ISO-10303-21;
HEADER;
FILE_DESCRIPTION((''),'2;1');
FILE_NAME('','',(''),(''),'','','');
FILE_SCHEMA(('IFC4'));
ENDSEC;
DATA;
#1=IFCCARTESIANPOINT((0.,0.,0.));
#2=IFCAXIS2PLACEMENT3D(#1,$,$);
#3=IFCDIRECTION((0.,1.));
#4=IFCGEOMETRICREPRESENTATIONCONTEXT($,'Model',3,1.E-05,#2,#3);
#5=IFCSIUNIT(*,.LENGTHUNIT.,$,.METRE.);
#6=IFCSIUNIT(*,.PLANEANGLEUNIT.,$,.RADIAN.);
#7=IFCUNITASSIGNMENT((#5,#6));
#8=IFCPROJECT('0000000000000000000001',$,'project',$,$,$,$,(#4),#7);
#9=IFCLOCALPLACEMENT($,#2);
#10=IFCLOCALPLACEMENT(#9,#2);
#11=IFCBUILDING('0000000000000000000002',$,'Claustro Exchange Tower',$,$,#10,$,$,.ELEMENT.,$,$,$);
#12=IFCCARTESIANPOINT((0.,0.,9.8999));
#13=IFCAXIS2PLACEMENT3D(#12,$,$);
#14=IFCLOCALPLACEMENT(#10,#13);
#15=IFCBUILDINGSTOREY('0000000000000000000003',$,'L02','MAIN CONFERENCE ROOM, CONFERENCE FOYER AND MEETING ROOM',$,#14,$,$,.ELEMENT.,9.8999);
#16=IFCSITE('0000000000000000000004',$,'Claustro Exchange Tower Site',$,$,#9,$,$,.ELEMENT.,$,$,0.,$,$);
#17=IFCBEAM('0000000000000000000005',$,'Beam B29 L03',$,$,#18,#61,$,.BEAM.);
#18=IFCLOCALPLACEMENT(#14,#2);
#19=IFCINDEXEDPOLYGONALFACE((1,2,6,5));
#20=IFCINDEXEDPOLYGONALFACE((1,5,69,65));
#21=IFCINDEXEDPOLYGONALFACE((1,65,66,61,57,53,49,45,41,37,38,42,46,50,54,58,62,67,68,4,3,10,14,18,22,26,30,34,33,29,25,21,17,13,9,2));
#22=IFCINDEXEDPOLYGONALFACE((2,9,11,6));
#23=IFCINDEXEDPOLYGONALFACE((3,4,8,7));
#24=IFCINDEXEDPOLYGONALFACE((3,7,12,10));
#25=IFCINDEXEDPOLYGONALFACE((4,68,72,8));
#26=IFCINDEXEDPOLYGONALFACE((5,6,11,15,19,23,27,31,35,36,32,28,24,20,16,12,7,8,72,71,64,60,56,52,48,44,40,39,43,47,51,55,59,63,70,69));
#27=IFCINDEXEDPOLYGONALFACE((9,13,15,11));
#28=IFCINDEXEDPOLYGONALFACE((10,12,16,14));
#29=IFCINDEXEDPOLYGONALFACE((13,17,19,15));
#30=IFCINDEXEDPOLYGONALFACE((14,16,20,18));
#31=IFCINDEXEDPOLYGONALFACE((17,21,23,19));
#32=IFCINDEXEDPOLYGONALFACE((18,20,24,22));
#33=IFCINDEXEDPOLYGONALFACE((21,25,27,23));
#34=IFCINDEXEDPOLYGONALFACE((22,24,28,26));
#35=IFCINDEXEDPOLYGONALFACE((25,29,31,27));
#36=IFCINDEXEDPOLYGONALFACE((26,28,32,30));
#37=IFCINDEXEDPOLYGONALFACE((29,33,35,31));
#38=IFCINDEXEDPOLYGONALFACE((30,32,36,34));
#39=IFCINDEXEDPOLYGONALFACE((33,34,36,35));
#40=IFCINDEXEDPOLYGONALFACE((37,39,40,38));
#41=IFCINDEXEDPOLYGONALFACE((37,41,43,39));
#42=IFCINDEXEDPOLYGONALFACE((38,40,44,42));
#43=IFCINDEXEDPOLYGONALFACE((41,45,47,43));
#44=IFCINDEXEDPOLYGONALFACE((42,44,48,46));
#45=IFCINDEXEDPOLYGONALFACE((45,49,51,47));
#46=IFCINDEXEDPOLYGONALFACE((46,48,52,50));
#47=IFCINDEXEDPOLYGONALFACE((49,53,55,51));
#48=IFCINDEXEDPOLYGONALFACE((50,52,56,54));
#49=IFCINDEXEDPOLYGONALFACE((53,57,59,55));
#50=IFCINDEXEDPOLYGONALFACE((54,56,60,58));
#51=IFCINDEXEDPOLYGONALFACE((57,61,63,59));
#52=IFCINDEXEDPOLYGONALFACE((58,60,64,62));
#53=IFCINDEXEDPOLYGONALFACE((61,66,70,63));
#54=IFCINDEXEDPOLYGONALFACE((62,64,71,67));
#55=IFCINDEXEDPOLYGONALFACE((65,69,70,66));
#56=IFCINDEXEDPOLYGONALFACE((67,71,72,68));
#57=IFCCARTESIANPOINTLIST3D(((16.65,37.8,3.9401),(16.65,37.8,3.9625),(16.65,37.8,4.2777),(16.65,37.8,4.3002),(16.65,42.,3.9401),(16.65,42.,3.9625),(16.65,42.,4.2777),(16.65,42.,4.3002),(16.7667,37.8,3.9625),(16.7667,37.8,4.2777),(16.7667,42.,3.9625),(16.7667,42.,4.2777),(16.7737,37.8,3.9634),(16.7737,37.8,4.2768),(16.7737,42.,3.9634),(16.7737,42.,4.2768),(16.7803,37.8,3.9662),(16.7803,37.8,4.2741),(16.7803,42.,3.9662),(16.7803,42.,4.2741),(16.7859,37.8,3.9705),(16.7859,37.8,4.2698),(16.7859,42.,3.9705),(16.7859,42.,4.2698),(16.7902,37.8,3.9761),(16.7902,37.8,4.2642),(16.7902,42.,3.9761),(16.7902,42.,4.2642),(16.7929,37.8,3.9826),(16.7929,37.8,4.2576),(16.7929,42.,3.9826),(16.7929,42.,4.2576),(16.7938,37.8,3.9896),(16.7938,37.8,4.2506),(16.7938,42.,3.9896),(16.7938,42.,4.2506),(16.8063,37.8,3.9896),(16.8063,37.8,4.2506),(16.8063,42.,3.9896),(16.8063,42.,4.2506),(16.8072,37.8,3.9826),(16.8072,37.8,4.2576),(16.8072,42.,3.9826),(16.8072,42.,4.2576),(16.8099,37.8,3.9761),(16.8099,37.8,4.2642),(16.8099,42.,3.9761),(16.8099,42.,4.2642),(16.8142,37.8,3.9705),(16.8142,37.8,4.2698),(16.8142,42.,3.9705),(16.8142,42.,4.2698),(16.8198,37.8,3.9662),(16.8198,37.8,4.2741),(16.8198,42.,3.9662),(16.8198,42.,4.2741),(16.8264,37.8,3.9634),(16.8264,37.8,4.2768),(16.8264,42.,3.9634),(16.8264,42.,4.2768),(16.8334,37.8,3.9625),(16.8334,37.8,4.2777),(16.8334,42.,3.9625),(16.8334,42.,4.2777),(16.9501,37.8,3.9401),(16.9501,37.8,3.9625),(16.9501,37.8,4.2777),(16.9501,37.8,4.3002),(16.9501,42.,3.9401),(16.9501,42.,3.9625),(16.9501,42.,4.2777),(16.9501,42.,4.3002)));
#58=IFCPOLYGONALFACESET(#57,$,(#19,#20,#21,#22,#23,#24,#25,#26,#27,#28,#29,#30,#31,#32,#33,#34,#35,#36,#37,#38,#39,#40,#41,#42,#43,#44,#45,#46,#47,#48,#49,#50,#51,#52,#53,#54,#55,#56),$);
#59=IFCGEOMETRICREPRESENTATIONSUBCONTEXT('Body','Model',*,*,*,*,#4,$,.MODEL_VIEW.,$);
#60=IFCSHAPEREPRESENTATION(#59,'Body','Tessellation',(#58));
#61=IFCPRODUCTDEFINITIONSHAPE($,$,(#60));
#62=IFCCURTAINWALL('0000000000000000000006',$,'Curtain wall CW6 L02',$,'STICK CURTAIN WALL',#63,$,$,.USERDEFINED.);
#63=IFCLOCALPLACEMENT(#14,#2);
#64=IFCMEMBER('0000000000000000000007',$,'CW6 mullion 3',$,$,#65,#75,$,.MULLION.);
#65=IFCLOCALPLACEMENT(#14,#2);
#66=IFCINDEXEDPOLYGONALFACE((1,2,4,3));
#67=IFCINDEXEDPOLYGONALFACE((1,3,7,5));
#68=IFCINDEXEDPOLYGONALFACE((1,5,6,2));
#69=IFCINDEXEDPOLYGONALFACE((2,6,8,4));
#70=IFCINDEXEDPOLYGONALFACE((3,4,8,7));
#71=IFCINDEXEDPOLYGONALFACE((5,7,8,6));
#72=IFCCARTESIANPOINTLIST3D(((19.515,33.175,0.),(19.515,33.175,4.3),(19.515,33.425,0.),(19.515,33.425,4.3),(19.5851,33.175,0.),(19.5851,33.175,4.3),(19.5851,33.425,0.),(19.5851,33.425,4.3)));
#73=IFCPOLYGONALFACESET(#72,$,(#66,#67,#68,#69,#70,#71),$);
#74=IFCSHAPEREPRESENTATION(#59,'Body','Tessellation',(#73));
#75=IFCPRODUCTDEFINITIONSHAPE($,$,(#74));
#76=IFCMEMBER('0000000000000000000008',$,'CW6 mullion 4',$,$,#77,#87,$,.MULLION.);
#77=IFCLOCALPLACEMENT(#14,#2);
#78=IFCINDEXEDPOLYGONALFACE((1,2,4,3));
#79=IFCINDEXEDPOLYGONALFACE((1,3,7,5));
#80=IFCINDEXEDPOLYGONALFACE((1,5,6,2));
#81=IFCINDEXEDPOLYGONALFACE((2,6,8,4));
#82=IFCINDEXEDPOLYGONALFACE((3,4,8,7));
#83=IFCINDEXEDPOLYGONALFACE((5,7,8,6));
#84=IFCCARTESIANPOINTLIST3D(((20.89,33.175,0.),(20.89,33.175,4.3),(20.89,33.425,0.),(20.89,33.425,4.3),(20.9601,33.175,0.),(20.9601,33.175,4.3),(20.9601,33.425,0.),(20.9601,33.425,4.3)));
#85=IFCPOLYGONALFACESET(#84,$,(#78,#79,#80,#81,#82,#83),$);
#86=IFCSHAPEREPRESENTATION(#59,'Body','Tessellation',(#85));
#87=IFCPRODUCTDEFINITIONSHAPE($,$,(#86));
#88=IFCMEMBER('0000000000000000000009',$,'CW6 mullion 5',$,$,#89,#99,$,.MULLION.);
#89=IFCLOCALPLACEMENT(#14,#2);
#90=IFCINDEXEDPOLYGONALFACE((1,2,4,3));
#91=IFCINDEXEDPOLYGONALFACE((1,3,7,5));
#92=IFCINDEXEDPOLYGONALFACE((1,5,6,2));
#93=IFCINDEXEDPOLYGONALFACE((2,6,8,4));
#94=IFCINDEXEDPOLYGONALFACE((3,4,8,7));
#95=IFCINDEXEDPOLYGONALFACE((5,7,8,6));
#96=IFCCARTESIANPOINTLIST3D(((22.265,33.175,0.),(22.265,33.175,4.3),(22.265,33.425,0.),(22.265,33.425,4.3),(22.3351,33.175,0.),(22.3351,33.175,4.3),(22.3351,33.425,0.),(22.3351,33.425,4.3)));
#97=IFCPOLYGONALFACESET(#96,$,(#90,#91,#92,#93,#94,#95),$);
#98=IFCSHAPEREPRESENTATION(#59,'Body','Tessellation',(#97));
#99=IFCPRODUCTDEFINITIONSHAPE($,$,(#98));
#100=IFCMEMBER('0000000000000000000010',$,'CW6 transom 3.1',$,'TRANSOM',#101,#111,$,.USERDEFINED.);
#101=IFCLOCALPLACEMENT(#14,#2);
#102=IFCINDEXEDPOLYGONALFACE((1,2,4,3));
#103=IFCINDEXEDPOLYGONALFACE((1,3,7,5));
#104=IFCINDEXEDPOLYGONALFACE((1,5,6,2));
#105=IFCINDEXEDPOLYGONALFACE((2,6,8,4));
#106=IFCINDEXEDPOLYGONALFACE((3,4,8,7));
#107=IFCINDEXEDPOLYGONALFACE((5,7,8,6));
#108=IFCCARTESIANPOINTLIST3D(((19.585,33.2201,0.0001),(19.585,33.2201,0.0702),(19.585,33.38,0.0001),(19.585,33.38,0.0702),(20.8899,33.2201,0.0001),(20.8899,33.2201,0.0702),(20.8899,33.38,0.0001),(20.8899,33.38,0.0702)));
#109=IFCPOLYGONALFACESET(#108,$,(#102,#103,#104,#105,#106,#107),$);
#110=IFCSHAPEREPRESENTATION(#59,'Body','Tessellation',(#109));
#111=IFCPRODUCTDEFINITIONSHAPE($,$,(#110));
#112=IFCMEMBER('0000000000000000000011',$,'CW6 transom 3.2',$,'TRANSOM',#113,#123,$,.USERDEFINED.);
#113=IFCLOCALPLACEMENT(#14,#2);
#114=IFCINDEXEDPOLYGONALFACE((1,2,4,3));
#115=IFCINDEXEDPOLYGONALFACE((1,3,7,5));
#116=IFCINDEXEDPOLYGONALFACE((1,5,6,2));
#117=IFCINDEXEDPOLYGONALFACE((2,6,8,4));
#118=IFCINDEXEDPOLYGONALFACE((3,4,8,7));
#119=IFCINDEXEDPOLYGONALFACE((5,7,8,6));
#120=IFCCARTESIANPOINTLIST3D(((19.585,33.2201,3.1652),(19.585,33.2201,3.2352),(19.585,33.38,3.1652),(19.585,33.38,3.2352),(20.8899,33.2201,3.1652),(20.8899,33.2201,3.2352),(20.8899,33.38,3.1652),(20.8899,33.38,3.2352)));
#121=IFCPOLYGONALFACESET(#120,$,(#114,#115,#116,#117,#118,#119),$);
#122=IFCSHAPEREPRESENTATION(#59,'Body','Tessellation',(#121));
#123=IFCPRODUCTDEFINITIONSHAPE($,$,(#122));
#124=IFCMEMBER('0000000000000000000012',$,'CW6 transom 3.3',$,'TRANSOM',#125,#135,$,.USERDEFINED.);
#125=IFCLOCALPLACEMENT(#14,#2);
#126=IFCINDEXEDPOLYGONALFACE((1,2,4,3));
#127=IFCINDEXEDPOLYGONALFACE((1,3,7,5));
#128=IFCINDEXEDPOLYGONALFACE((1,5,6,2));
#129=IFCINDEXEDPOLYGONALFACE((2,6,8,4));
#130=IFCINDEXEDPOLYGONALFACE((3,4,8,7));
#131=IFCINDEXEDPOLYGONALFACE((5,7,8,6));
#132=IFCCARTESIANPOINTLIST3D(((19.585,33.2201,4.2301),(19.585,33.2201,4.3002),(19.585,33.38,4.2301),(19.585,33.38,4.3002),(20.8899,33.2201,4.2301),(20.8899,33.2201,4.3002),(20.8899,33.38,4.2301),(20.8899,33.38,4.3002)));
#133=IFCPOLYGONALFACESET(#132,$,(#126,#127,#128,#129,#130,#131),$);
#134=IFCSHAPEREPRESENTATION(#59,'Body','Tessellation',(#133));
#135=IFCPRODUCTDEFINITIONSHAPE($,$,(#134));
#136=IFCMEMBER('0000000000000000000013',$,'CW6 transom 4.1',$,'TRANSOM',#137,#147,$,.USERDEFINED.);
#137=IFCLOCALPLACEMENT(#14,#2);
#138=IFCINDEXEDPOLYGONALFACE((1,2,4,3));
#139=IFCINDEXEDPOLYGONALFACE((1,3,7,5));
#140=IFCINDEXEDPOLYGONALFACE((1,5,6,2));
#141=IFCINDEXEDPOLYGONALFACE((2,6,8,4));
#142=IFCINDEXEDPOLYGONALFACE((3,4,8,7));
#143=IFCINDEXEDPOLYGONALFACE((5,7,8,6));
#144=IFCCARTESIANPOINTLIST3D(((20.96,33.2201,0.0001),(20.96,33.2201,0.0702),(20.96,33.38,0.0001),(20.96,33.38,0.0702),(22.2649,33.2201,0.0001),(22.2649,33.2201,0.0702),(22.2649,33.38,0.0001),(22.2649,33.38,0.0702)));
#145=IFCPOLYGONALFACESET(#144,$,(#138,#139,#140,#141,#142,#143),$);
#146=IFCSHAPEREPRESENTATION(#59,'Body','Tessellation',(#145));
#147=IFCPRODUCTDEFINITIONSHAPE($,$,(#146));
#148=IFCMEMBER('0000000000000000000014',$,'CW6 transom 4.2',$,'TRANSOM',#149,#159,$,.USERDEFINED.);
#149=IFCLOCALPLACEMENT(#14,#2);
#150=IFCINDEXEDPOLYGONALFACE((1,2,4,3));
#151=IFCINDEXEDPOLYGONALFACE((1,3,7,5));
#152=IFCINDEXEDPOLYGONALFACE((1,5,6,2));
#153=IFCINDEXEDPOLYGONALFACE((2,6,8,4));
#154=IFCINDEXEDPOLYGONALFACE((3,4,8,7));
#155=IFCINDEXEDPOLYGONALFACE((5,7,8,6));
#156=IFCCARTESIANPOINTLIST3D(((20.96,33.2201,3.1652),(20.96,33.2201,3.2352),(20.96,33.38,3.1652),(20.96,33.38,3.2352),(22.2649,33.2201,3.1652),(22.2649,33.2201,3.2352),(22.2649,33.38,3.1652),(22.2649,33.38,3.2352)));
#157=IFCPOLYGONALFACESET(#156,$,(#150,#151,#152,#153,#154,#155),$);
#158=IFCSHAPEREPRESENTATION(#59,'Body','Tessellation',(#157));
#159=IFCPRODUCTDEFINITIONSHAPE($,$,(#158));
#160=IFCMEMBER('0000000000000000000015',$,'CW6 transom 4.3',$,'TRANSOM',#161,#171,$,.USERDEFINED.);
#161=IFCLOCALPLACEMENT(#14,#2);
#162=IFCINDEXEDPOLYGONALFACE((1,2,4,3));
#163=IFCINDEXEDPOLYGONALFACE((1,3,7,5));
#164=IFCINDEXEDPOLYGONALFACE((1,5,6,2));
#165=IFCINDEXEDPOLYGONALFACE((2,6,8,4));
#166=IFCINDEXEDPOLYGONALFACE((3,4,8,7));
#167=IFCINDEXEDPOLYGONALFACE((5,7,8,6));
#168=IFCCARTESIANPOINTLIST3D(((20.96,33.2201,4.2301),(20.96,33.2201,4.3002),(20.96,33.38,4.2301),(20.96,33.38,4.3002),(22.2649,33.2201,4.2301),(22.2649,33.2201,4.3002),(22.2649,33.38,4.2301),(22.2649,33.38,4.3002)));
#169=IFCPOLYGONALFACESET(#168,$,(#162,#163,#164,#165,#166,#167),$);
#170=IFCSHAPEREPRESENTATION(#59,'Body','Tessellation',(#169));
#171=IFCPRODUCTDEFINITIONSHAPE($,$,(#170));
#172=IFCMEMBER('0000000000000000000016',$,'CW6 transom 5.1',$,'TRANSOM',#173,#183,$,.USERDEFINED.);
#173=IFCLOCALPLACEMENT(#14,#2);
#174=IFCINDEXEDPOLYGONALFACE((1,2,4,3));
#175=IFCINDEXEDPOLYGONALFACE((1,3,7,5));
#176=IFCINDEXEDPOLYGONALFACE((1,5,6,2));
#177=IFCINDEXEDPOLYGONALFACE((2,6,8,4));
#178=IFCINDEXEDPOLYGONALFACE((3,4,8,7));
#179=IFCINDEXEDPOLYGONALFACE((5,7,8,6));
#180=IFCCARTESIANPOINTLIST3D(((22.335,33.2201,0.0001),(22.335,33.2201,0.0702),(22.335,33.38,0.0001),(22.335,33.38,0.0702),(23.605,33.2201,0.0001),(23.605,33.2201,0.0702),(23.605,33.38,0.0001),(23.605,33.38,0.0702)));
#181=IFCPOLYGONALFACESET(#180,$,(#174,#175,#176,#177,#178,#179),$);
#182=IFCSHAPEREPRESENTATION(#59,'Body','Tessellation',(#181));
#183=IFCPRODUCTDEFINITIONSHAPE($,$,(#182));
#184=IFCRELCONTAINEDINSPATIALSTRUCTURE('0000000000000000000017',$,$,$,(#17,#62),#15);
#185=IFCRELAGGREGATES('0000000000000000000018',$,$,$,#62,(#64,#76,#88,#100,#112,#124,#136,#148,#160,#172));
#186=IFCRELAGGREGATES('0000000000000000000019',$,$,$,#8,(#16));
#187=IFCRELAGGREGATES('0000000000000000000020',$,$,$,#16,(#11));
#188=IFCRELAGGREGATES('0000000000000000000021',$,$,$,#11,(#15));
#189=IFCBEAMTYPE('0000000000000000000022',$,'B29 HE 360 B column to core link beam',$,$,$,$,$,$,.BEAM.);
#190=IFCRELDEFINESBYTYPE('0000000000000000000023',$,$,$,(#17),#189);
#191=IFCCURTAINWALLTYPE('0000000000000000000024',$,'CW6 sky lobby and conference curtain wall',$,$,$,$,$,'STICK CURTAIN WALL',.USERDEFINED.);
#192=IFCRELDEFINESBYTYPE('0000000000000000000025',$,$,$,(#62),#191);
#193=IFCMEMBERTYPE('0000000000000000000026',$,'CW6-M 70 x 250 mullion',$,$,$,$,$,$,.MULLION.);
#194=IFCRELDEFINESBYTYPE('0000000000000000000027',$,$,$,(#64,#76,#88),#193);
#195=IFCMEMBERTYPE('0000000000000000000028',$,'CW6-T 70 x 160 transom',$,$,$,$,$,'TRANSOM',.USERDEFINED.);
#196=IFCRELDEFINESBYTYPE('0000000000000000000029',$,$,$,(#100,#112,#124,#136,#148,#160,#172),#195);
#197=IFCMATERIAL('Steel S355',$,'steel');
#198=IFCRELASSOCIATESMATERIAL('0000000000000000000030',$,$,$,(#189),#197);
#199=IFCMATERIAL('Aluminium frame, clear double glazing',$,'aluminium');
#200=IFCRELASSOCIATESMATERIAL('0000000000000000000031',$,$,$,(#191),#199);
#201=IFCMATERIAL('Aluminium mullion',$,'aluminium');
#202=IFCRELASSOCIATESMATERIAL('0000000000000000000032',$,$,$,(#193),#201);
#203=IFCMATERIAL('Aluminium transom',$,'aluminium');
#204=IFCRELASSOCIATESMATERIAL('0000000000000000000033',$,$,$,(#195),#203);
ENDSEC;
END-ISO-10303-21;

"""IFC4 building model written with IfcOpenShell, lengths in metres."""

from ifc_helpers import new_model, si_unit, direction, frame, origin, origin_2d, place, context, subcontext, project, spatial, rectangle, i_section, extrude, material, material_profile, profile_set, type_object, element, aggregate, save


model = new_model("IFC4")

# Units and contexts
model_context = context("Model", 3, precision=1e-05, world=origin(), true_north=direction((0.0, 1.0)))
body_context = subcontext(model_context, "Body", "Model", "MODEL_VIEW")
ifc_project = project(units=[si_unit("LENGTHUNIT", "METRE"), si_unit("PLANEANGLEUNIT", "RADIAN")], contexts=[model_context])

# Site, building, storey
site_placement = place(None, origin())
site = spatial("IfcSite", under=ifc_project, at=site_placement, Name="Claustro Exchange Tower Site", CompositionType="ELEMENT", RefElevation=0.0)
building_placement = place(site_placement, origin())
building = spatial("IfcBuilding", under=site, at=building_placement, Name="Claustro Exchange Tower", CompositionType="ELEMENT")
storey_placement = place(building_placement, frame((0.0, 0.0, 9.8999)))
storey = spatial("IfcBuildingStorey", under=building, at=storey_placement, Name="L02", Description="MAIN CONFERENCE ROOM, CONFERENCE FOYER AND MEETING ROOM", CompositionType="ELEMENT", Elevation=9.8999)

# Beam
ifc_material_1 = material(Name="Steel S355", Category="steel")
ifc_material_profile_1 = material_profile(ifc_material_1, i_section(OverallWidth=0.3, OverallDepth=0.3601, WebThickness=0.0125, FlangeThickness=0.0225, FilletRadius=0.0271, at=origin_2d()), Name="HE 360 B")
ifc_profile_set_1 = profile_set([ifc_material_profile_1], Name="Steel S355")
beam_type_1 = type_object("IfcBeamType", Name="B29 HE 360 B column to core link beam", PredefinedType="BEAM", material=ifc_profile_set_1)
beam_1_placement = place(storey_placement, frame((16.8, 37.8, 4.1201), z_axis=(0.0, 1.0, 0.0), x_axis=(-1.0, 0.0, 0.0)))
element("IfcBeam", 1, at=beam_1_placement, inside=storey, type_object=beam_type_1, Name="Beam B29 L03", PredefinedType="BEAM", context=body_context, shape_type="SweptSolid", body=[
    extrude(i_section(OverallWidth=0.3, OverallDepth=0.3601, WebThickness=0.0125, FlangeThickness=0.0225, FilletRadius=0.0271, at=origin_2d()), origin(), (0.0, 0.0, 1.0), 4.2),
])

# Curtain wall, members
ifc_material_2 = material(Name="Aluminium frame, clear double glazing", Category="aluminium")
curtain_wall_type = type_object("IfcCurtainWallType", Name="CW6 sky lobby and conference curtain wall", ElementType="STICK CURTAIN WALL", PredefinedType="USERDEFINED", material=ifc_material_2)
curtain_wall_placement = place(storey_placement, origin())
curtain_wall = element("IfcCurtainWall", 2, at=curtain_wall_placement, inside=storey, type_object=curtain_wall_type, Name="Curtain wall CW6 L02", ObjectType="STICK CURTAIN WALL", PredefinedType="USERDEFINED")
ifc_material_3 = material(Name="Aluminium mullion", Category="aluminium")
ifc_material_profile_2 = material_profile(ifc_material_3, rectangle(XDim=0.25, YDim=0.0701, at=origin_2d()), Name="CW6-M 70x250")
ifc_profile_set_2 = profile_set([ifc_material_profile_2], Name="Aluminium mullion")
member_type_1 = type_object("IfcMemberType", Name="CW6-M 70 x 250 mullion", PredefinedType="MULLION", material=ifc_profile_set_2)
member_1_placement = place(storey_placement, frame((19.55, 33.3, 0.0), z_axis=(0.0, 0.0, 1.0), x_axis=(0.0, 1.0, 0.0)))
member_1 = element("IfcMember", 3, at=member_1_placement, type_object=member_type_1, Name="CW6 mullion 3", PredefinedType="MULLION", context=body_context, shape_type="SweptSolid", body=[
    extrude(rectangle(XDim=0.25, YDim=0.0701, at=origin_2d()), origin(), (0.0, 0.0, 1.0), 4.3),
])
member_2_placement = place(storey_placement, frame((20.925, 33.3, 0.0), z_axis=(0.0, 0.0, 1.0), x_axis=(0.0, 1.0, 0.0)))
member_2 = element("IfcMember", 4, at=member_2_placement, type_object=member_type_1, Name="CW6 mullion 4", PredefinedType="MULLION", context=body_context, shape_type="SweptSolid", body=[
    extrude(rectangle(XDim=0.25, YDim=0.0701, at=origin_2d()), origin(), (0.0, 0.0, 1.0), 4.3),
])
member_3_placement = place(storey_placement, frame((22.3, 33.3, 0.0), z_axis=(0.0, 0.0, 1.0), x_axis=(0.0, 1.0, 0.0)))
member_3 = element("IfcMember", 5, at=member_3_placement, type_object=member_type_1, Name="CW6 mullion 5", PredefinedType="MULLION", context=body_context, shape_type="SweptSolid", body=[
    extrude(rectangle(XDim=0.25, YDim=0.0701, at=origin_2d()), origin(), (0.0, 0.0, 1.0), 4.3),
])
ifc_material_4 = material(Name="Aluminium transom", Category="aluminium")
ifc_material_profile_3 = material_profile(ifc_material_4, rectangle(XDim=0.1599, YDim=0.0701, at=origin_2d()), Name="CW6-T 70x160")
ifc_profile_set_3 = profile_set([ifc_material_profile_3], Name="Aluminium transom")
member_type_2 = type_object("IfcMemberType", Name="CW6-T 70 x 160 transom", ElementType="TRANSOM", PredefinedType="USERDEFINED", material=ifc_profile_set_3)
member_4_placement = place(storey_placement, frame((19.585, 33.3, 0.0352), z_axis=(1.0, 0.0, 0.0), x_axis=(0.0, 1.0, 0.0)))
member_4 = element("IfcMember", 6, at=member_4_placement, type_object=member_type_2, Name="CW6 transom 3.1", ObjectType="TRANSOM", PredefinedType="USERDEFINED", context=body_context, shape_type="SweptSolid", body=[
    extrude(rectangle(XDim=0.1599, YDim=0.0701, at=origin_2d()), origin(), (0.0, 0.0, 1.0), 1.3049),
])
member_5_placement = place(storey_placement, frame((19.585, 33.3, 3.2002), z_axis=(1.0, 0.0, 0.0), x_axis=(0.0, 1.0, 0.0)))
member_5 = element("IfcMember", 7, at=member_5_placement, type_object=member_type_2, Name="CW6 transom 3.2", ObjectType="TRANSOM", PredefinedType="USERDEFINED", context=body_context, shape_type="SweptSolid", body=[
    extrude(rectangle(XDim=0.1599, YDim=0.0701, at=origin_2d()), origin(), (0.0, 0.0, 1.0), 1.3049),
])
member_6_placement = place(storey_placement, frame((19.585, 33.3, 4.2651), z_axis=(1.0, 0.0, 0.0), x_axis=(0.0, 1.0, 0.0)))
member_6 = element("IfcMember", 8, at=member_6_placement, type_object=member_type_2, Name="CW6 transom 3.3", ObjectType="TRANSOM", PredefinedType="USERDEFINED", context=body_context, shape_type="SweptSolid", body=[
    extrude(rectangle(XDim=0.1599, YDim=0.0701, at=origin_2d()), origin(), (0.0, 0.0, 1.0), 1.3049),
])
member_7_placement = place(storey_placement, frame((20.96, 33.3, 0.0352), z_axis=(1.0, 0.0, 0.0), x_axis=(0.0, 1.0, 0.0)))
member_7 = element("IfcMember", 9, at=member_7_placement, type_object=member_type_2, Name="CW6 transom 4.1", ObjectType="TRANSOM", PredefinedType="USERDEFINED", context=body_context, shape_type="SweptSolid", body=[
    extrude(rectangle(XDim=0.1599, YDim=0.0701, at=origin_2d()), origin(), (0.0, 0.0, 1.0), 1.3049),
])
member_8_placement = place(storey_placement, frame((20.96, 33.3, 3.2002), z_axis=(1.0, 0.0, 0.0), x_axis=(0.0, 1.0, 0.0)))
member_8 = element("IfcMember", 10, at=member_8_placement, type_object=member_type_2, Name="CW6 transom 4.2", ObjectType="TRANSOM", PredefinedType="USERDEFINED", context=body_context, shape_type="SweptSolid", body=[
    extrude(rectangle(XDim=0.1599, YDim=0.0701, at=origin_2d()), origin(), (0.0, 0.0, 1.0), 1.3049),
])
member_9_placement = place(storey_placement, frame((20.96, 33.3, 4.2651), z_axis=(1.0, 0.0, 0.0), x_axis=(0.0, 1.0, 0.0)))
member_9 = element("IfcMember", 11, at=member_9_placement, type_object=member_type_2, Name="CW6 transom 4.3", ObjectType="TRANSOM", PredefinedType="USERDEFINED", context=body_context, shape_type="SweptSolid", body=[
    extrude(rectangle(XDim=0.1599, YDim=0.0701, at=origin_2d()), origin(), (0.0, 0.0, 1.0), 1.3049),
])
member_10_placement = place(storey_placement, frame((22.335, 33.3, 0.0352), z_axis=(1.0, 0.0, 0.0), x_axis=(0.0, 1.0, 0.0)))
member_10 = element("IfcMember", 12, at=member_10_placement, type_object=member_type_2, Name="CW6 transom 5.1", ObjectType="TRANSOM", PredefinedType="USERDEFINED", context=body_context, shape_type="SweptSolid", body=[
    extrude(rectangle(XDim=0.1599, YDim=0.0701, at=origin_2d()), origin(), (0.0, 0.0, 1.0), 1.27),
])
aggregate(curtain_wall, [member_1, member_2, member_3, member_4, member_5, member_6, member_7, member_8, member_9, member_10])

save(model, "model.ifc")
